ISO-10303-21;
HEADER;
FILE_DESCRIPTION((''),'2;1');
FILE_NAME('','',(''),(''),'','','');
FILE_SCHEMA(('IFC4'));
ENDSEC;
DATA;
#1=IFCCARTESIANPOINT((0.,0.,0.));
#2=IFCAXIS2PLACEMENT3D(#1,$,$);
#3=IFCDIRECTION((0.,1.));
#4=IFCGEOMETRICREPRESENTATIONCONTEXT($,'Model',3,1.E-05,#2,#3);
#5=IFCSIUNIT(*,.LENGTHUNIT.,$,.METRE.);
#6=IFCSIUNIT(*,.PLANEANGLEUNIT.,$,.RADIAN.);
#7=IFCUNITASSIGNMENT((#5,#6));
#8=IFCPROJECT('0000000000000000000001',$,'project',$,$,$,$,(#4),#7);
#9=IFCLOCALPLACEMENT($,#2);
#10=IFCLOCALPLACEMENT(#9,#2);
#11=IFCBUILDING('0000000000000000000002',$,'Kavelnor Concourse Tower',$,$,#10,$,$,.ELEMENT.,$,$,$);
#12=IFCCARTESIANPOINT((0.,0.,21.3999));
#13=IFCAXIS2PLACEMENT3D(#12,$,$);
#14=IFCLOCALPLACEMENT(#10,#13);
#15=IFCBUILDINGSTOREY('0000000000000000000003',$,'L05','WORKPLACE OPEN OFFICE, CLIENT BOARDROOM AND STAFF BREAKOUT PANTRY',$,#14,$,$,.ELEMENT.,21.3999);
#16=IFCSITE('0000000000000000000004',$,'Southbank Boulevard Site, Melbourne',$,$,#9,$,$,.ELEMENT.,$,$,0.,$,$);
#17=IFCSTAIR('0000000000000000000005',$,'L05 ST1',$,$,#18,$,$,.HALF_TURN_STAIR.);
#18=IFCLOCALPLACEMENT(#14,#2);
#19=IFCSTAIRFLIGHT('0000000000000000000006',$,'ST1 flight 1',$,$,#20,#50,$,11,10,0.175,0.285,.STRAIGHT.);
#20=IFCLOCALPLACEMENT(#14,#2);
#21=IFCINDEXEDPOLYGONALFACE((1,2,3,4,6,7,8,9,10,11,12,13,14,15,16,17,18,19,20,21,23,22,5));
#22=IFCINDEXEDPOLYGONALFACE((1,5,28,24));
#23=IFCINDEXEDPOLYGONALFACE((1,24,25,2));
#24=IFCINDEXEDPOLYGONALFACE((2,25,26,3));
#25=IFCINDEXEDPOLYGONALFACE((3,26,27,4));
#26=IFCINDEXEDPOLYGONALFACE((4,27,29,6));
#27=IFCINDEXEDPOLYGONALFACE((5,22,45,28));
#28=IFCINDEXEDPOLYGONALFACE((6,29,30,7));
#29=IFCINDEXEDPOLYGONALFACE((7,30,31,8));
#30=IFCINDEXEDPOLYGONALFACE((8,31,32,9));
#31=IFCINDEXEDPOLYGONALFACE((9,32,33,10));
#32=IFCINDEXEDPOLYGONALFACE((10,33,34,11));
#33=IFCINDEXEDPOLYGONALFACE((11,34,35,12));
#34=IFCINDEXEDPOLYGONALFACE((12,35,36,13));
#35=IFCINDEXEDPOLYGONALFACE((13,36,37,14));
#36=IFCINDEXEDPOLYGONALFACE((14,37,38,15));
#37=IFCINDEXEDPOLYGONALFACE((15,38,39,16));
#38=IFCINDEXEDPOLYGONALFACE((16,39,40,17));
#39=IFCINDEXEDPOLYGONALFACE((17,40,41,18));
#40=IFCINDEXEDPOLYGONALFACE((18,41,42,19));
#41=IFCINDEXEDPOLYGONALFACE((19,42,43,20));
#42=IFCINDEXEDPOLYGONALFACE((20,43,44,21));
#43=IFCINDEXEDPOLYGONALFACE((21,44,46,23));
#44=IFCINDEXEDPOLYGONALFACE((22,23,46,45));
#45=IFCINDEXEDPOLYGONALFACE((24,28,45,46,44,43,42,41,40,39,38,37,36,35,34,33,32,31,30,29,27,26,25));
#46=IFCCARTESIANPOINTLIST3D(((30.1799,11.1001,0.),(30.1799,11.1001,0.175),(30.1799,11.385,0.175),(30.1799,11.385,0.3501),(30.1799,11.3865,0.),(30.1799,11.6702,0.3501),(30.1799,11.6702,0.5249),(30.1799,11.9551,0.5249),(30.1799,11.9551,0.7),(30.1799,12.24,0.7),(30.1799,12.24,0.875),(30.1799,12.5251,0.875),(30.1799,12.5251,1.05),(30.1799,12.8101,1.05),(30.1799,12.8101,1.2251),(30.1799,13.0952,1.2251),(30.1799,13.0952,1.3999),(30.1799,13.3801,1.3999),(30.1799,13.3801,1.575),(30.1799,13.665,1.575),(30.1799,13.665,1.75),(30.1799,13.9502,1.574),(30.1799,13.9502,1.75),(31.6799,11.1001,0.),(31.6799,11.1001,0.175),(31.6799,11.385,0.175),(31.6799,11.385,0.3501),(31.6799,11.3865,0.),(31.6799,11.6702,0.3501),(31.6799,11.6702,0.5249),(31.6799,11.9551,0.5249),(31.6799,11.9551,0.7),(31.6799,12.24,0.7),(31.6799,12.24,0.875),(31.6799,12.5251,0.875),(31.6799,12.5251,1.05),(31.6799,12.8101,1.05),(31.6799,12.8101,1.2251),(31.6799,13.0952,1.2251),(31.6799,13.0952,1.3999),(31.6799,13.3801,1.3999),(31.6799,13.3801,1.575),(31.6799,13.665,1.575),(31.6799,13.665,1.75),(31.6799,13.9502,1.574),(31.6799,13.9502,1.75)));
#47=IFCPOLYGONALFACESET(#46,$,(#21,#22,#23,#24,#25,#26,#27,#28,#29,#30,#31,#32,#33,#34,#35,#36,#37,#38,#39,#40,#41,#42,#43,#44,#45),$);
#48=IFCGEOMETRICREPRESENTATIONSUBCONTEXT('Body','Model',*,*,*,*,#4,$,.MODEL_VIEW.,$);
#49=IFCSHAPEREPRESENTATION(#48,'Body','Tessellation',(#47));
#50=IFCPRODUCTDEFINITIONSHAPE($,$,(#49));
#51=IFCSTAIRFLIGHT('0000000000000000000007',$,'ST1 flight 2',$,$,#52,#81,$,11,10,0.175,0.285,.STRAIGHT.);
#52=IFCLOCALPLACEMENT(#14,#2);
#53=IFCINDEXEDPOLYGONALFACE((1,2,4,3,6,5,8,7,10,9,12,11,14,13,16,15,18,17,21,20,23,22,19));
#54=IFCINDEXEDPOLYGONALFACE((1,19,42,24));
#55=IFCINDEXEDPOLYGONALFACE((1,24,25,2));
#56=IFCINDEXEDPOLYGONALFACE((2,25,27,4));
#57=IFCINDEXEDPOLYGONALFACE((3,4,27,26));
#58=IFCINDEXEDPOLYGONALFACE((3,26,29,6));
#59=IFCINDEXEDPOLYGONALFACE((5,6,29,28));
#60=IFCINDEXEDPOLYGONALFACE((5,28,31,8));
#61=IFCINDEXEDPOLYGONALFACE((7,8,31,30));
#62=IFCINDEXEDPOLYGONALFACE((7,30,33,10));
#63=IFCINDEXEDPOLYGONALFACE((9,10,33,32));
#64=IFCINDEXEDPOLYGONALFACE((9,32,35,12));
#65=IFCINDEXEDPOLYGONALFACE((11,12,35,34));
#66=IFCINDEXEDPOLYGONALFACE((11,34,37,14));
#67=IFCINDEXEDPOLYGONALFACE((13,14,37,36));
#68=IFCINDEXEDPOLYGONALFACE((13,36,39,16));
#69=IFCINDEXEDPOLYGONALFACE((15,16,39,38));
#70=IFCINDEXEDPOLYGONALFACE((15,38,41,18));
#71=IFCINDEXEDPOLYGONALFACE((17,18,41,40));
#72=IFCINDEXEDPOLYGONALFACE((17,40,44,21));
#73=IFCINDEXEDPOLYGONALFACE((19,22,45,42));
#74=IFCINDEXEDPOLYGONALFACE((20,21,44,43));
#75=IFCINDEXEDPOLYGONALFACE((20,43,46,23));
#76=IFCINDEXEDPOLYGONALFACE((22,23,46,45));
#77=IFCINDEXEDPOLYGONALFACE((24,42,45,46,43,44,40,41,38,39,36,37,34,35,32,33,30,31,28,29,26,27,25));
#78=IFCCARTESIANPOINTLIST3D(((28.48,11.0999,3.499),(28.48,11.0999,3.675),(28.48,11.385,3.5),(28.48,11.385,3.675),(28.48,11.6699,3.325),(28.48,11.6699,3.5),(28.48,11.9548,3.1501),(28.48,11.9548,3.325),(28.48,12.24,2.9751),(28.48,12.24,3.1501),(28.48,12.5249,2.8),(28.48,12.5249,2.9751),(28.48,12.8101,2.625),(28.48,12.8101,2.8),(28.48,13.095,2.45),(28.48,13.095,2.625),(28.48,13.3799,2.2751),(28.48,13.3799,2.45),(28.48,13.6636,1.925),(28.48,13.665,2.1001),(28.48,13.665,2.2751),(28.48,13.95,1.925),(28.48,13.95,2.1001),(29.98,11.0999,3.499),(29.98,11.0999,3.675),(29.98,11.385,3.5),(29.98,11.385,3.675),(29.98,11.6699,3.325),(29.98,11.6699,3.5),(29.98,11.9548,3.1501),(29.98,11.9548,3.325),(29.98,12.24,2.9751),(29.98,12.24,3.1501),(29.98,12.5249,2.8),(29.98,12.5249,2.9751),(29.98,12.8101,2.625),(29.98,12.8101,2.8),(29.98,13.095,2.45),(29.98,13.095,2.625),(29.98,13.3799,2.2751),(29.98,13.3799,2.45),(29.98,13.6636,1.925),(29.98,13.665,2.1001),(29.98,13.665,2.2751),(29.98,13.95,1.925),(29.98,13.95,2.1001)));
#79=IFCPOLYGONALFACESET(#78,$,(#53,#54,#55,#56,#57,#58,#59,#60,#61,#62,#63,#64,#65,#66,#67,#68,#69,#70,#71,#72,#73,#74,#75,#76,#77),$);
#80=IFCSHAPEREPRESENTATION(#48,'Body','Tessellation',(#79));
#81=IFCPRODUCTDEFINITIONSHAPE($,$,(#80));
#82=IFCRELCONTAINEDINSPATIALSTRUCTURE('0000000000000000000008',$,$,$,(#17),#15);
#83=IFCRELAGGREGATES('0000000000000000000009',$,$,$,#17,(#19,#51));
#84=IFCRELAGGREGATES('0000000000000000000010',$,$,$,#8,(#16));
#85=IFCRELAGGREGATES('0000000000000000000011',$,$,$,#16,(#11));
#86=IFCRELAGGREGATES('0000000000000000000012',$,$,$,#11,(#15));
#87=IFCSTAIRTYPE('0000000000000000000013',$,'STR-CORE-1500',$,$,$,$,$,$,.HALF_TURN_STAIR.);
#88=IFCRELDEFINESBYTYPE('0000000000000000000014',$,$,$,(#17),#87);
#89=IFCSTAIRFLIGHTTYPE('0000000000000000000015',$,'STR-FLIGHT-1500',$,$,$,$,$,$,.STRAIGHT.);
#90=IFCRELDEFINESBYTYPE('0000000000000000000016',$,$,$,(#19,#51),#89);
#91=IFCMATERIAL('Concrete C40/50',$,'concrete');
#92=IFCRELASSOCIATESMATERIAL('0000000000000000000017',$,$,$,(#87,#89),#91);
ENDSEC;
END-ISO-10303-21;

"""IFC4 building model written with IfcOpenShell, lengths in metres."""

from ifc_helpers import new_model, si_unit, direction, frame, origin, place, context, subcontext, project, spatial, polyline, outline, extrude, material, type_object, element, aggregate, save


model = new_model("IFC4")

# Units and contexts
model_context = context("Model", 3, precision=1e-05, world=origin(), true_north=direction((0.0, 1.0)))
body_context = subcontext(model_context, "Body", "Model", "MODEL_VIEW")
ifc_project = project(units=[si_unit("LENGTHUNIT", "METRE"), si_unit("PLANEANGLEUNIT", "RADIAN")], contexts=[model_context])

# Site, building, storey
site_placement = place(None, origin())
site = spatial("IfcSite", under=ifc_project, at=site_placement, Name="Southbank Boulevard Site, Melbourne", CompositionType="ELEMENT", RefElevation=0.0)
building_placement = place(site_placement, origin())
building = spatial("IfcBuilding", under=site, at=building_placement, Name="Kavelnor Concourse Tower", CompositionType="ELEMENT")
storey_placement = place(building_placement, frame((0.0, 0.0, 21.3999)))
storey = spatial("IfcBuildingStorey", under=building, at=storey_placement, Name="L05", Description="WORKPLACE OPEN OFFICE, CLIENT BOARDROOM AND STAFF BREAKOUT PANTRY", CompositionType="ELEMENT", Elevation=21.3999)

# Stair, stair flights
ifc_material_1 = material(Name="Concrete C40/50", Category="concrete")
stair_type = type_object("IfcStairType", Name="STR-CORE-1500", PredefinedType="HALF_TURN_STAIR", material=ifc_material_1)
stair_placement = place(storey_placement, origin())
stair = element("IfcStair", 1, at=stair_placement, inside=storey, type_object=stair_type, Name="L05 ST1", PredefinedType="HALF_TURN_STAIR")
stair_flight_type = type_object("IfcStairFlightType", Name="STR-FLIGHT-1500", PredefinedType="STRAIGHT", material=ifc_material_1)
stair_flight_1_placement = place(storey_placement, frame((30.9299, 11.1001, 0.0), z_axis=(0.0, 0.0, 1.0), x_axis=(0.0, 1.0, 0.0)))
stair_flight_1 = element("IfcStairFlight", 2, at=stair_flight_1_placement, type_object=stair_flight_type, Name="ST1 flight 1", NumberOfRisers=11, NumberOfTreads=10, PredefinedType="STRAIGHT", RiserHeight=0.175, TreadLength=0.285, context=body_context, shape_type="SweptSolid", body=[
    extrude(outline(polyline([(0.0, 0.0), (0.0, 0.175), (0.2849, 0.175), (0.2849, 0.3501), (0.5701, 0.3501), (0.5701, 0.5249), (0.855, 0.5249), (0.855, 0.7), (1.1399, 0.7), (1.1399, 0.875), (1.425, 0.875), (1.425, 1.05), (1.71, 1.05), (1.71, 1.2251), (1.9951, 1.2251), (1.9951, 1.3999), (2.28, 1.3999), (2.28, 1.575), (2.5649, 1.575), (2.5649, 1.75), (2.8501, 1.75), (2.8501, 1.925), (2.8501, 1.574), (0.2864, 0.0), (0.0, 0.0)])), frame((0.0, 0.75, 0.0), z_axis=(0.0, -1.0, 0.0), x_axis=(1.0, 0.0, 0.0)), (0.0, 0.0, 1.0), 1.5),
])
stair_flight_2_placement = place(storey_placement, frame((29.23, 13.95, 1.925), z_axis=(0.0, 0.0, 1.0), x_axis=(0.0, -1.0, 0.0)))
stair_flight_2 = element("IfcStairFlight", 3, at=stair_flight_2_placement, type_object=stair_flight_type, Name="ST1 flight 2", NumberOfRisers=11, NumberOfTreads=10, PredefinedType="STRAIGHT", RiserHeight=0.175, TreadLength=0.285, context=body_context, shape_type="SweptSolid", body=[
    extrude(outline(polyline([(0.0, 0.0), (0.0, 0.175), (0.2849, 0.175), (0.2849, 0.3501), (0.5701, 0.3501), (0.5701, 0.5249), (0.855, 0.5249), (0.855, 0.7), (1.1399, 0.7), (1.1399, 0.875), (1.425, 0.875), (1.425, 1.05), (1.71, 1.05), (1.71, 1.2251), (1.9951, 1.2251), (1.9951, 1.3999), (2.28, 1.3999), (2.28, 1.575), (2.5649, 1.575), (2.5649, 1.75), (2.8501, 1.75), (2.8501, 1.925), (2.8501, 1.574), (0.2864, 0.0), (0.0, 0.0)])), frame((0.0, 0.75, 0.0), z_axis=(0.0, -1.0, 0.0), x_axis=(1.0, 0.0, 0.0)), (0.0, 0.0, 1.0), 1.5),
])
aggregate(stair, [stair_flight_1, stair_flight_2])

save(model, "model.ifc")
